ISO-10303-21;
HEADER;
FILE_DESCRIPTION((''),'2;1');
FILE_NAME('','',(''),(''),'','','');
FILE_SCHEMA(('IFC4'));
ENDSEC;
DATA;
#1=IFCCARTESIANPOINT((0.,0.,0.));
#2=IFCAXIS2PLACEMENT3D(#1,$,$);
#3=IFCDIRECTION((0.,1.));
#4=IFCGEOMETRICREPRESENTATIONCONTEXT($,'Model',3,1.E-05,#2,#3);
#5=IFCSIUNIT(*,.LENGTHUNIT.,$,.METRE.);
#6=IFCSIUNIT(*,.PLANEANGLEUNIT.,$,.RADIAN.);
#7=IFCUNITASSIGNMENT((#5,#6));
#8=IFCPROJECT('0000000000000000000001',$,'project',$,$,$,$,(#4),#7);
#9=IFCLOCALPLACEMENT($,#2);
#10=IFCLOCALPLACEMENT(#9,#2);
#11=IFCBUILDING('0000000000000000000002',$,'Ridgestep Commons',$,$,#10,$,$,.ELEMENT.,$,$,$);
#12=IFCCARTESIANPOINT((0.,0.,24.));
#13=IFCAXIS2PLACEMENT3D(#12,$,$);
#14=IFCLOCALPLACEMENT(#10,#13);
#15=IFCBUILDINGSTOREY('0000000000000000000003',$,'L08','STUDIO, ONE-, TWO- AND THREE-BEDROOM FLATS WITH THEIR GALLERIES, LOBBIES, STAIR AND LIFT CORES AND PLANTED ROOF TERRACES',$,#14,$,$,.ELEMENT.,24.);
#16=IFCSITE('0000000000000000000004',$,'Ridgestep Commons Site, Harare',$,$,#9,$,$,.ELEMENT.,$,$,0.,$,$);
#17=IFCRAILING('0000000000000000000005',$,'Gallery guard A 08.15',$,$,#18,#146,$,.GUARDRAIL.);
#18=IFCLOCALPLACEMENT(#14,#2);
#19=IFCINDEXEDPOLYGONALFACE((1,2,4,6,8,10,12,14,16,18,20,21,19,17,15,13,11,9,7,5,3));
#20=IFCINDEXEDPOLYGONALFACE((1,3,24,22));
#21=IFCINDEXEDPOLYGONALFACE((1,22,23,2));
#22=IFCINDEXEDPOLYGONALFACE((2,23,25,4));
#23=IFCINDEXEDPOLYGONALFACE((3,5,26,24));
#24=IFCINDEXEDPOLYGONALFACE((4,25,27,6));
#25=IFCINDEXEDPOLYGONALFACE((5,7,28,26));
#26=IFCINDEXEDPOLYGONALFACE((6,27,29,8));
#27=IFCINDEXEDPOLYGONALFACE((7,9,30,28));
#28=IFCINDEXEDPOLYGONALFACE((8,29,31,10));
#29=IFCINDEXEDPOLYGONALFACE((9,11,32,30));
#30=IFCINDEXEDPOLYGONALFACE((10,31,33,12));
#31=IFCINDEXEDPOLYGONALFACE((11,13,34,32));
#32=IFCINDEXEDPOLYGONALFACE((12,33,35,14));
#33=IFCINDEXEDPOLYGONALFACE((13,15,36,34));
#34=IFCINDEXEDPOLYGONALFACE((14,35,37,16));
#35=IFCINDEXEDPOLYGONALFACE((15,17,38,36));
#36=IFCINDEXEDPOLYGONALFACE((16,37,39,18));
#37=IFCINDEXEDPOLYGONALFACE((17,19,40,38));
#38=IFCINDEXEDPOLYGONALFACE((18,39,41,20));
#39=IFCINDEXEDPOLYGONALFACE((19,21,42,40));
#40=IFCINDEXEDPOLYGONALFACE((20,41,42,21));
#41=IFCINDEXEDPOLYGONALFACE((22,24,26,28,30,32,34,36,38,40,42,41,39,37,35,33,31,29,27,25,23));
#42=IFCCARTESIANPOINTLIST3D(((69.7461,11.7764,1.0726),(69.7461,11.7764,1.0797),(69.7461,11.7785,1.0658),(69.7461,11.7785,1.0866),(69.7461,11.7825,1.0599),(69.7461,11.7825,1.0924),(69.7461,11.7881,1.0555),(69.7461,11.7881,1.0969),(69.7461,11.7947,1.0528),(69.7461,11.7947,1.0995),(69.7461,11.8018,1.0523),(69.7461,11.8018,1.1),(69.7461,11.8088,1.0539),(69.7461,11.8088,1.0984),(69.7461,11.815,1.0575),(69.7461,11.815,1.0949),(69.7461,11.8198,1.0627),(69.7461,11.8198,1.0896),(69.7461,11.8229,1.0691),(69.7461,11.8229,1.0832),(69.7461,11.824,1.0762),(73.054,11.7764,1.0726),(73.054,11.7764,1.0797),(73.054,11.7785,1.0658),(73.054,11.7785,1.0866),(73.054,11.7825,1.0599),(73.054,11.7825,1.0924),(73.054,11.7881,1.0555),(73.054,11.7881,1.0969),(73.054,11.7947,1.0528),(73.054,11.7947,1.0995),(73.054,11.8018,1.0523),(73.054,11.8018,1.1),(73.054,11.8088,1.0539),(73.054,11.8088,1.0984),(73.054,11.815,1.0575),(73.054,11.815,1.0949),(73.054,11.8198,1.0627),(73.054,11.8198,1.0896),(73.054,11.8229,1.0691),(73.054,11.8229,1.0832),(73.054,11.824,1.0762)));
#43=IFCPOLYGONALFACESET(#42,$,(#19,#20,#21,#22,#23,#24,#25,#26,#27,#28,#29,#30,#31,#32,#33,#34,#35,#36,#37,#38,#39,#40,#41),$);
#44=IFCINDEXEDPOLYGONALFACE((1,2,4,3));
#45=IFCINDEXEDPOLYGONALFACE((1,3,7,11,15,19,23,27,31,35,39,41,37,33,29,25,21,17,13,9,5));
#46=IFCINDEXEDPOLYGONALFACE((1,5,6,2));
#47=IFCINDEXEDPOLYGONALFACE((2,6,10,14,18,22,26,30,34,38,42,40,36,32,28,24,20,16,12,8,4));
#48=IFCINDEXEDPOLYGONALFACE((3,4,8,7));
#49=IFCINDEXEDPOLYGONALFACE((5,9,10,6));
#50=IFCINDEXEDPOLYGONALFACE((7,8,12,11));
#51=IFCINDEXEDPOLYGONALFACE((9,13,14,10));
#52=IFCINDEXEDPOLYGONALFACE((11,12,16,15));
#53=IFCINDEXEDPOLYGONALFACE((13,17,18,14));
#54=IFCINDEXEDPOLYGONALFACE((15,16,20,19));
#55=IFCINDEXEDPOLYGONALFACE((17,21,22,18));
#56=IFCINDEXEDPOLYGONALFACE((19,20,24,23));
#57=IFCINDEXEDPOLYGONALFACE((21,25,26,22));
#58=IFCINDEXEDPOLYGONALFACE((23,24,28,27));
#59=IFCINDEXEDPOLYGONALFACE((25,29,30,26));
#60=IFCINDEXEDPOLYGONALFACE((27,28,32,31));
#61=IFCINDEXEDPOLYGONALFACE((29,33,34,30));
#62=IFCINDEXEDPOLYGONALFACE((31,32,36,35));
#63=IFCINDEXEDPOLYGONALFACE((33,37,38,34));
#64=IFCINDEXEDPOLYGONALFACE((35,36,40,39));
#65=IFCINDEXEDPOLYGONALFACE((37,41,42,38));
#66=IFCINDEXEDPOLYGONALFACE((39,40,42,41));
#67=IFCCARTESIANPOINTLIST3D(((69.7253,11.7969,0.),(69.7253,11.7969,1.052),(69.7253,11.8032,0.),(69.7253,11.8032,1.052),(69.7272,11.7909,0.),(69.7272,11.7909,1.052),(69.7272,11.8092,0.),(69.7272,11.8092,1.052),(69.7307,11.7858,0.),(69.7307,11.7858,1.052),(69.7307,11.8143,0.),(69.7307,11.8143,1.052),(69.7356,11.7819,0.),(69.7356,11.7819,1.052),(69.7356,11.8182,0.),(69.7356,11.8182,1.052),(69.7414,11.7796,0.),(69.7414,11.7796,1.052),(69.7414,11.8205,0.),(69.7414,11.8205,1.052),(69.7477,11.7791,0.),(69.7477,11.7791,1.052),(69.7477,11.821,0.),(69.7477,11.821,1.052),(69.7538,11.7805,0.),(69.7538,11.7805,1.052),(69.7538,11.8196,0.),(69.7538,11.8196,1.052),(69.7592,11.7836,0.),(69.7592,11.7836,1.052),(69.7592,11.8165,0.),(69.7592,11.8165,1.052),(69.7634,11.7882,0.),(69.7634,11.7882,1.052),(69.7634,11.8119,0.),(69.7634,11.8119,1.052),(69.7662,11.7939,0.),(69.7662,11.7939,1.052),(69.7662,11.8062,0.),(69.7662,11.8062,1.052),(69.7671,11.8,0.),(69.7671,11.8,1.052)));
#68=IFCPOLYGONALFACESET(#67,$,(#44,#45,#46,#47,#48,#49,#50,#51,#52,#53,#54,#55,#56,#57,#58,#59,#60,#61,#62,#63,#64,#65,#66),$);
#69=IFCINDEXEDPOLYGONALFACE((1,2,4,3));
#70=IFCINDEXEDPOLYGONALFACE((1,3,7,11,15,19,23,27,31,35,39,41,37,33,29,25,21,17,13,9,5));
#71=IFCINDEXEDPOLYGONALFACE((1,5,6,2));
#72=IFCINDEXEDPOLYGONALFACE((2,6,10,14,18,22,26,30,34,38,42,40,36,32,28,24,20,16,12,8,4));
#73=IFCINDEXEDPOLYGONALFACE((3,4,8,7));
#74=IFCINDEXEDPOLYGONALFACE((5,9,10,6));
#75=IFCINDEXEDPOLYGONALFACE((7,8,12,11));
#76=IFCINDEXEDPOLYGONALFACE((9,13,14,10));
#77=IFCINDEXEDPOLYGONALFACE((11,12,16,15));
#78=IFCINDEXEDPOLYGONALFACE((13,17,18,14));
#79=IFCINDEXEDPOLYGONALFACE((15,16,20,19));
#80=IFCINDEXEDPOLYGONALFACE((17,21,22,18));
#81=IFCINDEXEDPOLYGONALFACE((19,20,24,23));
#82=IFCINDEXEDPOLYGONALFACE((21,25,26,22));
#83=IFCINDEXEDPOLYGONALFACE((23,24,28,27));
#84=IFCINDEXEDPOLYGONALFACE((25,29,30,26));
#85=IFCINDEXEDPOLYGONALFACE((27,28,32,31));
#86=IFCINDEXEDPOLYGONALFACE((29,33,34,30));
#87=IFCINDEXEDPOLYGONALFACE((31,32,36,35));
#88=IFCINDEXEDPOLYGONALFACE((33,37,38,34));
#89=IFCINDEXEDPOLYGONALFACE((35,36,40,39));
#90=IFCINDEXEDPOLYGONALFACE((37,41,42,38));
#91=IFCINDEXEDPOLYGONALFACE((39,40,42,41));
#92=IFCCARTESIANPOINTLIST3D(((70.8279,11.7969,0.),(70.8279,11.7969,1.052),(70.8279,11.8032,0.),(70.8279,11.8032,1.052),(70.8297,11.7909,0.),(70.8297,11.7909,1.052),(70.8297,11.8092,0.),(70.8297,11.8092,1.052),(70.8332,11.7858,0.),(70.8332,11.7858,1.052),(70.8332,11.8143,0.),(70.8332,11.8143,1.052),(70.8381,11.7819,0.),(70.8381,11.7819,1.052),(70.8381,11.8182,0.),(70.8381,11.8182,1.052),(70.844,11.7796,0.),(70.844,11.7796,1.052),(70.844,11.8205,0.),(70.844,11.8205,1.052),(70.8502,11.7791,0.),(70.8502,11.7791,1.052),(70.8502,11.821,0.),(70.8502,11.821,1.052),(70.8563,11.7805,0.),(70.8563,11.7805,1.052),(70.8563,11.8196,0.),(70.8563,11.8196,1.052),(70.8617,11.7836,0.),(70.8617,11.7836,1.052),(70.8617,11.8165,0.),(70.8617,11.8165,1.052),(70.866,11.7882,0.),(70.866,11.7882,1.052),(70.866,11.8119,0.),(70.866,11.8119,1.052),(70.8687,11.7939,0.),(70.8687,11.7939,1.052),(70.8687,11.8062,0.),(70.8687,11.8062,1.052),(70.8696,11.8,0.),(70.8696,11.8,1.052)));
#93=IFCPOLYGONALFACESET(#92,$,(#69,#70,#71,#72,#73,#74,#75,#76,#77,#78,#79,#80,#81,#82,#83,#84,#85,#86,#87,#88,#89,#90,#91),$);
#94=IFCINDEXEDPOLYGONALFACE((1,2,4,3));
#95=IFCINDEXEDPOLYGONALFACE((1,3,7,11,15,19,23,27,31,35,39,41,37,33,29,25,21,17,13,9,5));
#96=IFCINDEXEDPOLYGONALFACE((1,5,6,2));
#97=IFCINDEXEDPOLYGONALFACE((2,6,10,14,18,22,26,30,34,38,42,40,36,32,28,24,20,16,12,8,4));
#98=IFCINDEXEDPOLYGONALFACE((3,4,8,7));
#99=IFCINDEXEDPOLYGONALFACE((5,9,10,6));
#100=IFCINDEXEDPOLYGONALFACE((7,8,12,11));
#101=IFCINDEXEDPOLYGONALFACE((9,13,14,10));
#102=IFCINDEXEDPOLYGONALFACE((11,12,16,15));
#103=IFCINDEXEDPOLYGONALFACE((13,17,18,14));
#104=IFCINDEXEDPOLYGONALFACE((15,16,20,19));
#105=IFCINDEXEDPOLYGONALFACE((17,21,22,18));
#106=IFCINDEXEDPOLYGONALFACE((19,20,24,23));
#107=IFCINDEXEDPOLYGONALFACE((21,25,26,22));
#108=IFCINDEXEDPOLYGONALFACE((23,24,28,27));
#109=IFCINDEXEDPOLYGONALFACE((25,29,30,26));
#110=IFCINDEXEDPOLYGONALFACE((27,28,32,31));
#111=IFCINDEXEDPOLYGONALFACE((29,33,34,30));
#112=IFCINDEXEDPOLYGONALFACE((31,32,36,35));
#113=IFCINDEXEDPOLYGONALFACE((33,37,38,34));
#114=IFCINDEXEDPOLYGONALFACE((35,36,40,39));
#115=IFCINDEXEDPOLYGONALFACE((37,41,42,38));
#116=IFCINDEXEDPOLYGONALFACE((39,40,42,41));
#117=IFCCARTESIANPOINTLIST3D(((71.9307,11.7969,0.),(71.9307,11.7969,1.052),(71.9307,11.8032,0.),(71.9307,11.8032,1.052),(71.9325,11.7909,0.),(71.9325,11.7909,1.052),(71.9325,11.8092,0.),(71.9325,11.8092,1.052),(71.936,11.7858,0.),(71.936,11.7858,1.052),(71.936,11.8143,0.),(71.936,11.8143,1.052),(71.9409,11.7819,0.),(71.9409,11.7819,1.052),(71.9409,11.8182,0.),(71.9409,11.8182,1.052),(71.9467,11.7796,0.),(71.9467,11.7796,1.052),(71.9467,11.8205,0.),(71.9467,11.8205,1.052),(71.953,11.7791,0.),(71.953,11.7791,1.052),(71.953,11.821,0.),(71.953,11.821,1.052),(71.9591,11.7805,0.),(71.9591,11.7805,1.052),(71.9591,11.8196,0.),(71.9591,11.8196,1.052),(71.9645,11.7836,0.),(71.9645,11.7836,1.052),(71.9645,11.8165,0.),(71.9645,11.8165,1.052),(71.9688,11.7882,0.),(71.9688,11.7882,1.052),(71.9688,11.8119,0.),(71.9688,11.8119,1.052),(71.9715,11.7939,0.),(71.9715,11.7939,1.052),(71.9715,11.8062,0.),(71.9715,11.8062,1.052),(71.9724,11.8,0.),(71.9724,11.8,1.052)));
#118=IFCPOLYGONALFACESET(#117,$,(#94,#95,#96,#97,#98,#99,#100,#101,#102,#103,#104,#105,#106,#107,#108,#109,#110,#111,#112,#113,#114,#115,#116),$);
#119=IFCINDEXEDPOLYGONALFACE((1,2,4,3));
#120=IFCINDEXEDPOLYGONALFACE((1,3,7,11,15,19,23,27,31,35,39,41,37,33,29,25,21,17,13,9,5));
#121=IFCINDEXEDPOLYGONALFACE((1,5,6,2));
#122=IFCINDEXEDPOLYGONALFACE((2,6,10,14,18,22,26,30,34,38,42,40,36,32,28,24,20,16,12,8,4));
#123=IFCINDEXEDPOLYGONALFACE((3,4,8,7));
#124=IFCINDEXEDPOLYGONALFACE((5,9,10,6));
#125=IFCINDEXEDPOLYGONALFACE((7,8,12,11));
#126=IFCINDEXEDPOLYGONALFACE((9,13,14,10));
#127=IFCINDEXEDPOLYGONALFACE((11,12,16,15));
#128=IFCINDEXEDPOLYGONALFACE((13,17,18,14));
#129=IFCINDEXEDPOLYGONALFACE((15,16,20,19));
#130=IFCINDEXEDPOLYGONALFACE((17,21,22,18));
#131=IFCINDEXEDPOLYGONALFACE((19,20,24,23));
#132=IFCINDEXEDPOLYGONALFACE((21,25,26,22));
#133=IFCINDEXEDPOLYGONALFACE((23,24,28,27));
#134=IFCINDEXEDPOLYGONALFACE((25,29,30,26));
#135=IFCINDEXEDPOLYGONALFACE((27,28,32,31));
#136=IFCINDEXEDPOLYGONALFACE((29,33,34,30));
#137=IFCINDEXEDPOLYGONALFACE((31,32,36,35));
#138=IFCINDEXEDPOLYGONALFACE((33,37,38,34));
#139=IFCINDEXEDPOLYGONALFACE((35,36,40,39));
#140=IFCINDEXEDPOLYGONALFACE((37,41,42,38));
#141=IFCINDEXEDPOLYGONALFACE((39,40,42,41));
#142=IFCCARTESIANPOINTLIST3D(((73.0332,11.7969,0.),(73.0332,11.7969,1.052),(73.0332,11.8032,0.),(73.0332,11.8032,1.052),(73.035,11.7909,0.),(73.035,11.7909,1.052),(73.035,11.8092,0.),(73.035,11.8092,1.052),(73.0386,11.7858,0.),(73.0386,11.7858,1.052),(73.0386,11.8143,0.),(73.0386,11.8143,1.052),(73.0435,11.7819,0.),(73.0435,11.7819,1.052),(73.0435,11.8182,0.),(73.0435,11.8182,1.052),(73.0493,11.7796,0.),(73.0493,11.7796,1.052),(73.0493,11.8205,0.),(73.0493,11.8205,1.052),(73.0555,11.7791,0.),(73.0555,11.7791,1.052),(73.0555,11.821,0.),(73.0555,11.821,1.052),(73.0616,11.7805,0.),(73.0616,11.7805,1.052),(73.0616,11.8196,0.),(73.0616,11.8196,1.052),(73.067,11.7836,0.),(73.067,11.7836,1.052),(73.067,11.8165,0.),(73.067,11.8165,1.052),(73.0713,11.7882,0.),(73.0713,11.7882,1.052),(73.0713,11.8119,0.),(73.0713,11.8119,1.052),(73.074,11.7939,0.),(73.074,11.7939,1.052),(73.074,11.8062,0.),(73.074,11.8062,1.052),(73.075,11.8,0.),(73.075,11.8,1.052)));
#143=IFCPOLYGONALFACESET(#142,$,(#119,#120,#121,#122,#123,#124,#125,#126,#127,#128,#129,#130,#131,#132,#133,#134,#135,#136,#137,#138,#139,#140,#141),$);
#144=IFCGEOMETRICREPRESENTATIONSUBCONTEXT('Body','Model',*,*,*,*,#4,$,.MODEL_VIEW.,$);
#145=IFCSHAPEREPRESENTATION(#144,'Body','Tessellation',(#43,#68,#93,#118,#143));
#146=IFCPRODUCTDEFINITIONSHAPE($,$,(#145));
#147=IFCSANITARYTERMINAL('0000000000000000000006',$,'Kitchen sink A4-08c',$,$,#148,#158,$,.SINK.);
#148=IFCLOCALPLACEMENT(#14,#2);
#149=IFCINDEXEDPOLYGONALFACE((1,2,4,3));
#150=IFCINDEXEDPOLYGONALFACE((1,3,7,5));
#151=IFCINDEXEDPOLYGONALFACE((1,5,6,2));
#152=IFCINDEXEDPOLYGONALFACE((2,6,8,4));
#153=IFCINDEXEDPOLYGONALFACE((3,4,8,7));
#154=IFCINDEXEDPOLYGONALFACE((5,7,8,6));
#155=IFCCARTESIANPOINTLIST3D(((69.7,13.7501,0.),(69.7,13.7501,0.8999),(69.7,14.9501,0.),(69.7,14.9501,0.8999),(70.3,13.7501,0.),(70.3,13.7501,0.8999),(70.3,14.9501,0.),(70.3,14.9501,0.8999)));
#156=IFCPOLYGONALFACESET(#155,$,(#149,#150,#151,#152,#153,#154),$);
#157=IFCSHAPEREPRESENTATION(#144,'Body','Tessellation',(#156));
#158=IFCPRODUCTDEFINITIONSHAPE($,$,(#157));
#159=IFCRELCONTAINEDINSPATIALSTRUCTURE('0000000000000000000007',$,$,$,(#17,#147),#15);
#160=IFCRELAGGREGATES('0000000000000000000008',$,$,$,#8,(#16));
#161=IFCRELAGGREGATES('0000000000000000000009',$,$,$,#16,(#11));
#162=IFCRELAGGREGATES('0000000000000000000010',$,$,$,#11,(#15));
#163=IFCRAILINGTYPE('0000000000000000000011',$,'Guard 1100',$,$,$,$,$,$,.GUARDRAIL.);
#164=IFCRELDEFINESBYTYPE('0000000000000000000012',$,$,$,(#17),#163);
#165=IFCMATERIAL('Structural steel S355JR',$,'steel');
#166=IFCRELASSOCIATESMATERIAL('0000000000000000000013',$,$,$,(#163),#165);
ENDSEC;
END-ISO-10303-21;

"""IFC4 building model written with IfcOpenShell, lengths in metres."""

from ifc_helpers import new_model, si_unit, direction, frame, origin, origin_2d, place, context, subcontext, project, spatial, rectangle, circle, extrude, material, type_object, element, save


model = new_model("IFC4")

# Units and contexts
model_context = context("Model", 3, precision=1e-05, world=origin(), true_north=direction((0.0, 1.0)))
body_context = subcontext(model_context, "Body", "Model", "MODEL_VIEW")
ifc_project = project(units=[si_unit("LENGTHUNIT", "METRE"), si_unit("PLANEANGLEUNIT", "RADIAN")], contexts=[model_context])

# Site, building, storey
site_placement = place(None, origin())
site = spatial("IfcSite", under=ifc_project, at=site_placement, Name="Ridgestep Commons Site, Harare", CompositionType="ELEMENT", RefElevation=0.0)
building_placement = place(site_placement, origin())
building = spatial("IfcBuilding", under=site, at=building_placement, Name="Ridgestep Commons", CompositionType="ELEMENT")
storey_placement = place(building_placement, frame((0.0, 0.0, 24.0)))
storey = spatial("IfcBuildingStorey", under=building, at=storey_placement, Name="L08", Description="STUDIO, ONE-, TWO- AND THREE-BEDROOM FLATS WITH THEIR GALLERIES, LOBBIES, STAIR AND LIFT CORES AND PLANTED ROOF TERRACES", CompositionType="ELEMENT", Elevation=24.0)

# Railing
ifc_material_1 = material(Name="Structural steel S355JR", Category="steel")
railing_type = type_object("IfcRailingType", Name="Guard 1100", PredefinedType="GUARDRAIL", material=ifc_material_1)
railing_1_placement = place(storey_placement, frame((69.7461, 11.8, 0.0)))
element("IfcRailing", 1, at=railing_1_placement, inside=storey, type_object=railing_type, Name="Gallery guard A 08.15", PredefinedType="GUARDRAIL", context=body_context, shape_type="SweptSolid", body=[
    extrude(circle(Radius=0.0239, at=origin_2d()), frame((0.0, 0.0, 1.0762), z_axis=(1.0, 0.0, 0.0), x_axis=(0.0, 1.0, 0.0)), (0.0, 0.0, 1.0), 3.3079),
    extrude(circle(Radius=0.021, at=origin_2d()), origin(), (0.0, 0.0, 1.0), 1.052),
    extrude(circle(Radius=0.021, at=origin_2d()), frame((1.1025, 0.0, 0.0)), (0.0, 0.0, 1.0), 1.052),
    extrude(circle(Radius=0.021, at=origin_2d()), frame((2.2053, 0.0, 0.0)), (0.0, 0.0, 1.0), 1.052),
    extrude(circle(Radius=0.021, at=origin_2d()), frame((3.3079, 0.0, 0.0)), (0.0, 0.0, 1.0), 1.052),
])

# Sanitary terminal
sanitary_terminal_placement = place(storey_placement, frame((70.0, 14.3501, 0.0), z_axis=(0.0, 0.0, 1.0), x_axis=(1.0, 0.0, 0.0)))
element("IfcSanitaryTerminal", 2, at=sanitary_terminal_placement, inside=storey, Name="Kitchen sink A4-08c", PredefinedType="SINK", context=body_context, shape_type="SweptSolid", body=[
    extrude(rectangle(XDim=0.6001, YDim=1.2, at=origin_2d()), origin(), (0.0, 0.0, 1.0), 0.8999),
])

save(model, "model.ifc")
